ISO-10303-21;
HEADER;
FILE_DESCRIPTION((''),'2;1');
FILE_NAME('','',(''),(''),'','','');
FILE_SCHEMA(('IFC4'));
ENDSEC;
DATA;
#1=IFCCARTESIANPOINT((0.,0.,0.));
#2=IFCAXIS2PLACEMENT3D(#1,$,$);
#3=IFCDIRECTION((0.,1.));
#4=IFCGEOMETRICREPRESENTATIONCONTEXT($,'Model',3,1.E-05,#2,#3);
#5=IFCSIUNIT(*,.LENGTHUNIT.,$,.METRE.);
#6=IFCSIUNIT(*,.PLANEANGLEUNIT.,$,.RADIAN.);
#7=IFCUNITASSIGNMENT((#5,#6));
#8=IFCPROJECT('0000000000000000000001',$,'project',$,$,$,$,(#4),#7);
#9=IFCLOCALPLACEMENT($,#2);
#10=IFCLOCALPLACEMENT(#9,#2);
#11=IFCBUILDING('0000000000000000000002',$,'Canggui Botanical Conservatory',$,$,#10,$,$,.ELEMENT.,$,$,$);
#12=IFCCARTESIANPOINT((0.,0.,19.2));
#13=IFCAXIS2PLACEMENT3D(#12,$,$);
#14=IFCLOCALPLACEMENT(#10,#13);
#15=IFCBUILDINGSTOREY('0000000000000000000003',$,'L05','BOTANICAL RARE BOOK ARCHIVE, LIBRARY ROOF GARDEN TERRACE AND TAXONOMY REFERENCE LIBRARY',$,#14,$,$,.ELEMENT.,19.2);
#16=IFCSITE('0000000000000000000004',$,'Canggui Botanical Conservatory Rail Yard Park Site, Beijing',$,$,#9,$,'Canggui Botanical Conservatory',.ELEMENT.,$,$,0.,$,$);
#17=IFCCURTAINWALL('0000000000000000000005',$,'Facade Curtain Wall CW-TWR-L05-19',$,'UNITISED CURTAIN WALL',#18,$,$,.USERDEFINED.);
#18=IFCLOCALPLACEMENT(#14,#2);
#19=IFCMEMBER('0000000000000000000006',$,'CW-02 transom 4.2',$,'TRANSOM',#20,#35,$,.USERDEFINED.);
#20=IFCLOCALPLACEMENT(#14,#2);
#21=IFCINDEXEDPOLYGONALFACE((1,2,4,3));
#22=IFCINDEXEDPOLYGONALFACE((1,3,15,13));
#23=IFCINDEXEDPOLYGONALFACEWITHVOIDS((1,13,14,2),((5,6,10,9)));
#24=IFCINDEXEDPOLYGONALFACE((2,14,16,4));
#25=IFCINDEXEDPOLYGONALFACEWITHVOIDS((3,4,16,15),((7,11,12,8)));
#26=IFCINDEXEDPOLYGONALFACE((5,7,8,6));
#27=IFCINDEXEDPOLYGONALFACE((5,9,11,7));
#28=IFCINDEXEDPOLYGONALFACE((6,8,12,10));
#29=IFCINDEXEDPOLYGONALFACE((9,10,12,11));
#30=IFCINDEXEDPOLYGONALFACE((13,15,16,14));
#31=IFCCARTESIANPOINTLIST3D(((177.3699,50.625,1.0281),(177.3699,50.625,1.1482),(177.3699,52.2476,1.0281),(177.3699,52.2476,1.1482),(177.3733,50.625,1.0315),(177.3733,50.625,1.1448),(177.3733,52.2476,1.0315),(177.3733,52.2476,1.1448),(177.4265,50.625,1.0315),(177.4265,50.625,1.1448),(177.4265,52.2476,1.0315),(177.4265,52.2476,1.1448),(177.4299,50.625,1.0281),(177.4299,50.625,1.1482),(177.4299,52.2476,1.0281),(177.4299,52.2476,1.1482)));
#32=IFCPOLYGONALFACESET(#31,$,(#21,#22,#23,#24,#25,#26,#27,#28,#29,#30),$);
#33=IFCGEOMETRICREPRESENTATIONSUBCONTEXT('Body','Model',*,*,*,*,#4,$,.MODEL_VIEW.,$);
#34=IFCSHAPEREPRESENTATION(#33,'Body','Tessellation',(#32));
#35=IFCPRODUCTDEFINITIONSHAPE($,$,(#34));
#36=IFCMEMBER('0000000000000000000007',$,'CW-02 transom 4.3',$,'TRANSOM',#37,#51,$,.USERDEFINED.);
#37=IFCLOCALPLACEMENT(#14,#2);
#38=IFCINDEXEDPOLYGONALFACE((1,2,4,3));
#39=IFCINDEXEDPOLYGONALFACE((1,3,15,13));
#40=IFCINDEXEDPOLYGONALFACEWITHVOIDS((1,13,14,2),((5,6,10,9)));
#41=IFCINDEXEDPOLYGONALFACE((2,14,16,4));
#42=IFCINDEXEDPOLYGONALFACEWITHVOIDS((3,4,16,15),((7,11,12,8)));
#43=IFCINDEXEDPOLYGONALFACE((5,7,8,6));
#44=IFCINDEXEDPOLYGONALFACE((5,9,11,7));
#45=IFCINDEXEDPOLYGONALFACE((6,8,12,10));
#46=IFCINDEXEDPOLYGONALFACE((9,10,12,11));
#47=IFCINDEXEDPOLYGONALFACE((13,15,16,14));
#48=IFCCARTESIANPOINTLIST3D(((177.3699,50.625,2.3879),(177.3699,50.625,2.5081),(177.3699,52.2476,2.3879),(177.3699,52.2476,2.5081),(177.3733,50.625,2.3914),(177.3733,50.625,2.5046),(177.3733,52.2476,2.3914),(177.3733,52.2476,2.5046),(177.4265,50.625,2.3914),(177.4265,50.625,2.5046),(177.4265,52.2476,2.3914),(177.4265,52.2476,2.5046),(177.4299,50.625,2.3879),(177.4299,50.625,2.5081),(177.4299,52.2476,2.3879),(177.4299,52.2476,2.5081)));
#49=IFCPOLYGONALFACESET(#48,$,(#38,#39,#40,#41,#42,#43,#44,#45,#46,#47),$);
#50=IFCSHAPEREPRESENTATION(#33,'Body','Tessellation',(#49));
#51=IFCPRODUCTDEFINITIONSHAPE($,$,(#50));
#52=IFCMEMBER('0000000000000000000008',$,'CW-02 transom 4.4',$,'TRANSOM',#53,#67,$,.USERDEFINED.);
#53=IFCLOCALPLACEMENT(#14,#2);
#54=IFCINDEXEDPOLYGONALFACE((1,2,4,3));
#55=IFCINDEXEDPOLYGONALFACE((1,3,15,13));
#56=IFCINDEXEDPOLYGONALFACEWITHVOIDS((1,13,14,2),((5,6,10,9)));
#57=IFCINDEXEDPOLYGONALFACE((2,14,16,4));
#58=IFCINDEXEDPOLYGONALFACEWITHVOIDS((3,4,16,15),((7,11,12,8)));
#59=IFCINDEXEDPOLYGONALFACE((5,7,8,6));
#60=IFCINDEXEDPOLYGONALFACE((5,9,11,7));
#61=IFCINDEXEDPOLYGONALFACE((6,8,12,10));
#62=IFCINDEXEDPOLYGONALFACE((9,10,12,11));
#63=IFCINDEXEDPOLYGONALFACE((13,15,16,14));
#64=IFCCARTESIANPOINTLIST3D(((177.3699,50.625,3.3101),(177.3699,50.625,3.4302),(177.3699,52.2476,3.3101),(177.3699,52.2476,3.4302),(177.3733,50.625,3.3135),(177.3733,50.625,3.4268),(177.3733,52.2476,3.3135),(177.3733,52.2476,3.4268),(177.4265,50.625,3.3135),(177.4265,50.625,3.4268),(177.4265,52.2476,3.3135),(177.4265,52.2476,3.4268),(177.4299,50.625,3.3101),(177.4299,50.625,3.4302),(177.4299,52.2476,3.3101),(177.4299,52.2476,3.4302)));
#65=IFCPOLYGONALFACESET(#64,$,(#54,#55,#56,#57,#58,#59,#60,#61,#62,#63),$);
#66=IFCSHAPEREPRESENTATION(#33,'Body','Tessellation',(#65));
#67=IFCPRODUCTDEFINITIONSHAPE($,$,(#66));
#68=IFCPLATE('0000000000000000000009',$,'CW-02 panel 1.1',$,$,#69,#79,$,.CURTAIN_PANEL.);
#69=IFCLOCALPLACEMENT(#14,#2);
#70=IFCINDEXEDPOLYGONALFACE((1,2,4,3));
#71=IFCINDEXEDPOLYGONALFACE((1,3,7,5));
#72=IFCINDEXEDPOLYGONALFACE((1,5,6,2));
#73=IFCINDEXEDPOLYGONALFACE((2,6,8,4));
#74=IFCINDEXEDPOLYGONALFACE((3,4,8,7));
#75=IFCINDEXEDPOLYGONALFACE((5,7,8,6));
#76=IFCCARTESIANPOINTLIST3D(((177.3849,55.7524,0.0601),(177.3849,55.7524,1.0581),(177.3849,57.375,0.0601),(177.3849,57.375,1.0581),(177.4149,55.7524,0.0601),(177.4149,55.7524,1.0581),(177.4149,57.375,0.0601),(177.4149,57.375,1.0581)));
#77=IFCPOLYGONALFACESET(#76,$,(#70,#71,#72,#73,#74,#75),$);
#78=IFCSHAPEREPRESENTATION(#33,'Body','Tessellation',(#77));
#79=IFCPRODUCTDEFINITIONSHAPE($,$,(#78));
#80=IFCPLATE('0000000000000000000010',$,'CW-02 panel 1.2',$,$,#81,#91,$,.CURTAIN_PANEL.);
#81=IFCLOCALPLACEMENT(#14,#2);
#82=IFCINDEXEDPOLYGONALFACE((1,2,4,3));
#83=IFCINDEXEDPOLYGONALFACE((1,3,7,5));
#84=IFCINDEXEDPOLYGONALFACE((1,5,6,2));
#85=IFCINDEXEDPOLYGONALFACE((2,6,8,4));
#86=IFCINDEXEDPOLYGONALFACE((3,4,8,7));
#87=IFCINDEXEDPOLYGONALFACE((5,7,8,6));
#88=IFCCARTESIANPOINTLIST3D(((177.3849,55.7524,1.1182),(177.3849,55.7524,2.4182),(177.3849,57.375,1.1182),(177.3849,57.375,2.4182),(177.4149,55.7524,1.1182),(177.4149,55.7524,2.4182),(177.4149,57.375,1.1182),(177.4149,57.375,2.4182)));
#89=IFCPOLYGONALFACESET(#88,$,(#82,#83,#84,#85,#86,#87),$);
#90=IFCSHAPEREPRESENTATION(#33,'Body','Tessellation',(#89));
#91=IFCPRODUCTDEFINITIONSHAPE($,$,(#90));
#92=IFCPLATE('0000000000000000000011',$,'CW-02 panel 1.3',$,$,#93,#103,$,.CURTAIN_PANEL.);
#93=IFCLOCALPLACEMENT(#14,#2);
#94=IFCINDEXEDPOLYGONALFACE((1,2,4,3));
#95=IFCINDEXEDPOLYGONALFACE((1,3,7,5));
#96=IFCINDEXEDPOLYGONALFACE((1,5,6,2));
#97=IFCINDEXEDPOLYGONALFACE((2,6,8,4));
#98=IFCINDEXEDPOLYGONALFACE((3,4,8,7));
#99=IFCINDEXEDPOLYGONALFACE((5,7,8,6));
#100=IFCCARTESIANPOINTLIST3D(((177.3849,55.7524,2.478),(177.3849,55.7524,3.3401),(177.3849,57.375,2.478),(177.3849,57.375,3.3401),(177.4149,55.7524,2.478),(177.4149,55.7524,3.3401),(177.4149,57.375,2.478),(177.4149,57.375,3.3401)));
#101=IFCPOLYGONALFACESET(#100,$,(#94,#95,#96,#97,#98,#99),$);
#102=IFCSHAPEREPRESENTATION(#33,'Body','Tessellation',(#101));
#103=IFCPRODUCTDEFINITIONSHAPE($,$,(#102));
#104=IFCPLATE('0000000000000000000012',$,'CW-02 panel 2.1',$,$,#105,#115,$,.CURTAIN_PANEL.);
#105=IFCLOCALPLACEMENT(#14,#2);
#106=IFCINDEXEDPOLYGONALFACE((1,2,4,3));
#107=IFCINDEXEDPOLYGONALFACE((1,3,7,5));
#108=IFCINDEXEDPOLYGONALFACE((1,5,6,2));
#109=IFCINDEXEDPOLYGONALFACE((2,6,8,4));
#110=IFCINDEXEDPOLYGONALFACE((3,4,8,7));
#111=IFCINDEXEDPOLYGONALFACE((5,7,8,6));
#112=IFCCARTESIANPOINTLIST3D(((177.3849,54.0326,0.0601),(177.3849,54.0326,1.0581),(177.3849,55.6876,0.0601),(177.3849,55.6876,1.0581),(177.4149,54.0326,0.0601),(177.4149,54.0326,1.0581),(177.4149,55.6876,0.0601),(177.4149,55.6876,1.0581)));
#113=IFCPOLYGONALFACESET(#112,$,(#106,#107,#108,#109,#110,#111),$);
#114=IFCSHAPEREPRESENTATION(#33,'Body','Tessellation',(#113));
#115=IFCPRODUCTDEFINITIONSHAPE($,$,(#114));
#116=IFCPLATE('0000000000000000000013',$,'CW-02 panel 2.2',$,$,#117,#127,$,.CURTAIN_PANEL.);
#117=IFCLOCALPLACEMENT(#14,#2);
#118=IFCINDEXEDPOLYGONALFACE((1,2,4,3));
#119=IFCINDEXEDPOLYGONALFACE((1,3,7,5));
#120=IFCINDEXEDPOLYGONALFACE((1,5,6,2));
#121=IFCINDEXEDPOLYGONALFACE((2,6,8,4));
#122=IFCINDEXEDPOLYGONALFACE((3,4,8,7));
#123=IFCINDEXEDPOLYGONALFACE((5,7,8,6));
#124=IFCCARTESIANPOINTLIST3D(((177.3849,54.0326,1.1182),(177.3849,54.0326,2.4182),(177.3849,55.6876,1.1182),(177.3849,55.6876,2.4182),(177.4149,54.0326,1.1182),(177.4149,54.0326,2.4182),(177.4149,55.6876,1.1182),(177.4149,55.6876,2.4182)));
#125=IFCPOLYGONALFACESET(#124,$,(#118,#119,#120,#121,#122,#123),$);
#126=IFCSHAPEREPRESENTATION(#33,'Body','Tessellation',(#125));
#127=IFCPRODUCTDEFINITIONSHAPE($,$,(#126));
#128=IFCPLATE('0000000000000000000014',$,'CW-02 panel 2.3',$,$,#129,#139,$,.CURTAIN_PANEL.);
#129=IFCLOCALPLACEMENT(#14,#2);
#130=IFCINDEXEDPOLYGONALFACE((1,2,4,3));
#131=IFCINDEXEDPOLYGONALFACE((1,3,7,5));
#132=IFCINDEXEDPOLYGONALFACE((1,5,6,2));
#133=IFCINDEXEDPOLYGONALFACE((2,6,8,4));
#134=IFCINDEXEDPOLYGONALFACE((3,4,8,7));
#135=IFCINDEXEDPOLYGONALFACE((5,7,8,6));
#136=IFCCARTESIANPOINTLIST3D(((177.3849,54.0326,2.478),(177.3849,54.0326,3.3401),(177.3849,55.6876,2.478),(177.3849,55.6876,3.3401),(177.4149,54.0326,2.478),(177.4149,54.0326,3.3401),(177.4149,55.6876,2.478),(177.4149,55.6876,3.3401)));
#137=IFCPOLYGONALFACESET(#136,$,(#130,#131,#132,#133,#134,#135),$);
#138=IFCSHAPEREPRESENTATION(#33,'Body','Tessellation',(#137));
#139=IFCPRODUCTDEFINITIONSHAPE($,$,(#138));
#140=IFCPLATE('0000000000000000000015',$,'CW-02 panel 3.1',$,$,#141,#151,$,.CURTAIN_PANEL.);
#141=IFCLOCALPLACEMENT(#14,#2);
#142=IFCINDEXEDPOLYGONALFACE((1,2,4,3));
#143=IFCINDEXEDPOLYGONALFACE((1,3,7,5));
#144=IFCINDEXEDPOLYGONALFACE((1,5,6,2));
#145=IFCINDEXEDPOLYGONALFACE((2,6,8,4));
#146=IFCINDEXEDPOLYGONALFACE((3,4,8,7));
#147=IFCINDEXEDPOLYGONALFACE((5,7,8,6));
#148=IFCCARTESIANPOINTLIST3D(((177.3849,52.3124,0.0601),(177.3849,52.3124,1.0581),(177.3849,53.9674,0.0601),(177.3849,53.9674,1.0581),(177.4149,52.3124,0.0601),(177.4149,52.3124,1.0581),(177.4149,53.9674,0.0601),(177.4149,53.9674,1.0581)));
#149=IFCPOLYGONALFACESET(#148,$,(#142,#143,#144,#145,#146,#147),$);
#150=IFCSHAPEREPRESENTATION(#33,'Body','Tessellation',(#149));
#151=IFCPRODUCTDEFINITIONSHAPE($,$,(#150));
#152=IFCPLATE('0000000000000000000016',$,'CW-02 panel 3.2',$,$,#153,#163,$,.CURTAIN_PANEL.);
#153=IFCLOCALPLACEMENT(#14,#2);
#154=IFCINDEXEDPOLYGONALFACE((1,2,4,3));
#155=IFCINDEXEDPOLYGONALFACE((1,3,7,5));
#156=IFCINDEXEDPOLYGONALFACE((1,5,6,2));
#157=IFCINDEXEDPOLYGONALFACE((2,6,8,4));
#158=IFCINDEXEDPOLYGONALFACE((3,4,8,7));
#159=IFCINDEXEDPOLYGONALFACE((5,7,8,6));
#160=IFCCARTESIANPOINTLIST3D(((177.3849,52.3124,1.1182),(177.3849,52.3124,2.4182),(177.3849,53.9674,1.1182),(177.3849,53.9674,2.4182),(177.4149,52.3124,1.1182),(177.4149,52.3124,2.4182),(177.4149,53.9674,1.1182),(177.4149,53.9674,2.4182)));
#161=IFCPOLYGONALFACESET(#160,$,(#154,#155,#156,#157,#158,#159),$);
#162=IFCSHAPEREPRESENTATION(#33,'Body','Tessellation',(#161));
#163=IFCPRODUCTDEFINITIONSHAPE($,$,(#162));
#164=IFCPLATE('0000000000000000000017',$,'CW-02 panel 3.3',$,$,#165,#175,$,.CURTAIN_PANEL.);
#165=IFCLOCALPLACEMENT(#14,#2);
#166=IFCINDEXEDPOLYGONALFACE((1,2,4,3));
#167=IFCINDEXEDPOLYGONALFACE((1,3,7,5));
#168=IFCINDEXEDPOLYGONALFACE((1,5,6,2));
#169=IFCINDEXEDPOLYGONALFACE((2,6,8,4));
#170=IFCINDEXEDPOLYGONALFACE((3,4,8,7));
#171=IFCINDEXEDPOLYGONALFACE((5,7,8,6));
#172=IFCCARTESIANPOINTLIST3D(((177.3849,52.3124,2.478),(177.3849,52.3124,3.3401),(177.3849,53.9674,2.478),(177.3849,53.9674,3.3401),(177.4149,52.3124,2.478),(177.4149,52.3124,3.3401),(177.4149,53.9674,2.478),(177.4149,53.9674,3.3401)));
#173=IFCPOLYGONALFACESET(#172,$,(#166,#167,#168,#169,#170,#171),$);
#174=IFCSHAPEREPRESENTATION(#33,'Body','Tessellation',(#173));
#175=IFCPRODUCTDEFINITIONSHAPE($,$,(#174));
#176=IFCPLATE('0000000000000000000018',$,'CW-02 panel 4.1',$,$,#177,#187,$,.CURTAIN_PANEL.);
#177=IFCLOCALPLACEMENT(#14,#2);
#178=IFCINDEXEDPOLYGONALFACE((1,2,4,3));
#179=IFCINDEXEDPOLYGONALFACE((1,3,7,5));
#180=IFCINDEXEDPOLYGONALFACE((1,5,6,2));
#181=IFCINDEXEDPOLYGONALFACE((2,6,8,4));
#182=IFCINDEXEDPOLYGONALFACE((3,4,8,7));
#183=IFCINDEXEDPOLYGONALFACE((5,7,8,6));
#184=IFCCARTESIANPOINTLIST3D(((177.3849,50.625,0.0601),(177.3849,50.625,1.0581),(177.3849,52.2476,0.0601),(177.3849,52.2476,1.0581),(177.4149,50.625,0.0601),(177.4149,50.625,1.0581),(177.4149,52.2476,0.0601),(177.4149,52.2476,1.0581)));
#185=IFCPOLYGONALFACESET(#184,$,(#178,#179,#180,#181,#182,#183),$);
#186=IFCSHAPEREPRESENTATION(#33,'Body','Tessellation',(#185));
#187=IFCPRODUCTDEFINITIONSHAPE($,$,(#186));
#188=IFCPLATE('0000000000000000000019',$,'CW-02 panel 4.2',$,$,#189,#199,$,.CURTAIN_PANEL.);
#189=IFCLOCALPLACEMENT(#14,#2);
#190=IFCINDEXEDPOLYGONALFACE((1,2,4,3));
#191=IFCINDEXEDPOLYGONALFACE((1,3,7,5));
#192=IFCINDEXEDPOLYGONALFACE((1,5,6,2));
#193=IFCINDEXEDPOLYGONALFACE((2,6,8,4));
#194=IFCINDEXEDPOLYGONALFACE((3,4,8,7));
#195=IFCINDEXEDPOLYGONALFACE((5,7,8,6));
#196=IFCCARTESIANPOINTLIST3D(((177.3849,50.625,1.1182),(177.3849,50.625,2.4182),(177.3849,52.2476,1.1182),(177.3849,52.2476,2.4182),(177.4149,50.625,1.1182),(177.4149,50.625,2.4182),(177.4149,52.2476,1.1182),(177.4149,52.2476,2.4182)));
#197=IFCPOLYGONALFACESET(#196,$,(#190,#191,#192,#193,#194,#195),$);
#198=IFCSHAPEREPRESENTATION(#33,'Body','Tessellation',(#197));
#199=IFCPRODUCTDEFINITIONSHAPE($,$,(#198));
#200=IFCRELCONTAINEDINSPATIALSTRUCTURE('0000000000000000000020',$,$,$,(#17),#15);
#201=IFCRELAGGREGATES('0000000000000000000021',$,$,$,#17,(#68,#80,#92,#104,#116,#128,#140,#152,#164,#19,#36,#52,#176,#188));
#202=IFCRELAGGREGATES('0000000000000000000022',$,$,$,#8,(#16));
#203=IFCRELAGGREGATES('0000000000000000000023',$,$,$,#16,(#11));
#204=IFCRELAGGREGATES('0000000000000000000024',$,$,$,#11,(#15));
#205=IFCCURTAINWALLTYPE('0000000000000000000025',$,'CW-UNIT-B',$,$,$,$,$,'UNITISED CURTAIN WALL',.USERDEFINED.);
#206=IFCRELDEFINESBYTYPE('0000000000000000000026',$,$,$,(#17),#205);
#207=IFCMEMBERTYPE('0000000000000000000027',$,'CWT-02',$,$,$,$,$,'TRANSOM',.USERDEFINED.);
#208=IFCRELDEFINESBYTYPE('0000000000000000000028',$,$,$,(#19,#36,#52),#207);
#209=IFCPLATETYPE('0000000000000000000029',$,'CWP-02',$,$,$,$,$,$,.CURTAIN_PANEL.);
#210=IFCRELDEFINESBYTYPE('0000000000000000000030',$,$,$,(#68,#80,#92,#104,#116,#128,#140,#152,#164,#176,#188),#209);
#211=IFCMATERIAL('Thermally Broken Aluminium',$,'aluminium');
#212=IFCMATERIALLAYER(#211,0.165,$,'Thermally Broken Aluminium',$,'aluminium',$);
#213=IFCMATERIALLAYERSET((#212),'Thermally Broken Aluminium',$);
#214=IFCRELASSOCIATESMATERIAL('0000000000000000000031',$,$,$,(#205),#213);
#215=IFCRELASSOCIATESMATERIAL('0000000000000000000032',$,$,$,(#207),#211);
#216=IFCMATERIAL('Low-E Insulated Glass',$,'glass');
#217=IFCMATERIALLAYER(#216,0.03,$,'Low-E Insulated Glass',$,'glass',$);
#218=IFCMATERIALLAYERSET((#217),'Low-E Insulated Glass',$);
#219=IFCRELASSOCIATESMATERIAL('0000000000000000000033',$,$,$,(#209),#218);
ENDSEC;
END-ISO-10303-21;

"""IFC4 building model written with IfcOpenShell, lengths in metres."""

from ifc_helpers import new_model, si_unit, direction, frame, origin, origin_2d, place, context, subcontext, project, spatial, rectangle, hollow_rectangle, extrude, material, layer, layer_set, material_profile, profile_set, type_object, element, aggregate, save


model = new_model("IFC4")

# Units and contexts
model_context = context("Model", 3, precision=1e-05, world=origin(), true_north=direction((0.0, 1.0)))
body_context = subcontext(model_context, "Body", "Model", "MODEL_VIEW")
ifc_project = project(units=[si_unit("LENGTHUNIT", "METRE"), si_unit("PLANEANGLEUNIT", "RADIAN")], contexts=[model_context])

# Site, building, storey
site_placement = place(None, origin())
site = spatial("IfcSite", under=ifc_project, at=site_placement, Name="Canggui Botanical Conservatory Rail Yard Park Site, Beijing", LongName="Canggui Botanical Conservatory", CompositionType="ELEMENT", RefElevation=0.0)
building_placement = place(site_placement, origin())
building = spatial("IfcBuilding", under=site, at=building_placement, Name="Canggui Botanical Conservatory", CompositionType="ELEMENT")
storey_placement = place(building_placement, frame((0.0, 0.0, 19.2)))
storey = spatial("IfcBuildingStorey", under=building, at=storey_placement, Name="L05", Description="BOTANICAL RARE BOOK ARCHIVE, LIBRARY ROOF GARDEN TERRACE AND TAXONOMY REFERENCE LIBRARY", CompositionType="ELEMENT", Elevation=19.2)

# Curtain wall, members, plates
ifc_material_1 = material(Name="Thermally Broken Aluminium", Category="aluminium")
ifc_layer_1 = layer(ifc_material_1, 0.165, Name="Thermally Broken Aluminium", Category="aluminium")
ifc_layer_set_1 = layer_set([ifc_layer_1], Name="Thermally Broken Aluminium")
curtain_wall_type = type_object("IfcCurtainWallType", Name="CW-UNIT-B", ElementType="UNITISED CURTAIN WALL", PredefinedType="USERDEFINED", material=ifc_layer_set_1)
curtain_wall_placement = place(storey_placement, origin())
curtain_wall = element("IfcCurtainWall", 1, at=curtain_wall_placement, inside=storey, type_object=curtain_wall_type, Name="Facade Curtain Wall CW-TWR-L05-19", ObjectType="UNITISED CURTAIN WALL", PredefinedType="USERDEFINED")
ifc_material_profile_1 = material_profile(ifc_material_1, hollow_rectangle(XDim=0.0601, YDim=0.1201, WallThickness=0.0034, at=origin_2d()), Name="CWT 60x120x3.5")
ifc_profile_set_1 = profile_set([ifc_material_profile_1], Name="Thermally Broken Aluminium")
member_type_1 = type_object("IfcMemberType", Name="CWT-02", ElementType="TRANSOM", PredefinedType="USERDEFINED", material=ifc_profile_set_1)
member_1_placement = place(storey_placement, frame((177.3999, 52.2476, 1.0881), z_axis=(0.0, -1.0, 0.0), x_axis=(1.0, 0.0, 0.0)))
member_1 = element("IfcMember", 2, at=member_1_placement, type_object=member_type_1, Name="CW-02 transom 4.2", ObjectType="TRANSOM", PredefinedType="USERDEFINED", context=body_context, shape_type="SweptSolid", body=[
    extrude(hollow_rectangle(XDim=0.0601, YDim=0.1201, WallThickness=0.0034, at=origin_2d()), origin(), (0.0, 0.0, 1.0), 1.6226),
])
member_2_placement = place(storey_placement, frame((177.3999, 52.2476, 2.448), z_axis=(0.0, -1.0, 0.0), x_axis=(1.0, 0.0, 0.0)))
member_2 = element("IfcMember", 3, at=member_2_placement, type_object=member_type_1, Name="CW-02 transom 4.3", ObjectType="TRANSOM", PredefinedType="USERDEFINED", context=body_context, shape_type="SweptSolid", body=[
    extrude(hollow_rectangle(XDim=0.0601, YDim=0.1201, WallThickness=0.0034, at=origin_2d()), origin(), (0.0, 0.0, 1.0), 1.6226),
])
member_3_placement = place(storey_placement, frame((177.3999, 52.2476, 3.3701), z_axis=(0.0, -1.0, 0.0), x_axis=(1.0, 0.0, 0.0)))
member_3 = element("IfcMember", 4, at=member_3_placement, type_object=member_type_1, Name="CW-02 transom 4.4", ObjectType="TRANSOM", PredefinedType="USERDEFINED", context=body_context, shape_type="SweptSolid", body=[
    extrude(hollow_rectangle(XDim=0.0601, YDim=0.1201, WallThickness=0.0034, at=origin_2d()), origin(), (0.0, 0.0, 1.0), 1.6226),
])
ifc_material_2 = material(Name="Low-E Insulated Glass", Category="glass")
ifc_layer_2 = layer(ifc_material_2, 0.03, Name="Low-E Insulated Glass", Category="glass")
ifc_layer_set_2 = layer_set([ifc_layer_2], Name="Low-E Insulated Glass")
plate_type = type_object("IfcPlateType", Name="CWP-02", PredefinedType="CURTAIN_PANEL", material=ifc_layer_set_2)
plate_1_placement = place(storey_placement, frame((177.3999, 56.5637, 0.0601), z_axis=(0.0, 0.0, 1.0), x_axis=(0.0, -1.0, 0.0)))
plate_1 = element("IfcPlate", 5, at=plate_1_placement, type_object=plate_type, Name="CW-02 panel 1.1", PredefinedType="CURTAIN_PANEL", context=body_context, shape_type="SweptSolid", body=[
    extrude(rectangle(XDim=1.6226, YDim=0.03, at=origin_2d()), origin(), (0.0, 0.0, 1.0), 0.998),
])
plate_2_placement = place(storey_placement, frame((177.3999, 56.5637, 1.1182), z_axis=(0.0, 0.0, 1.0), x_axis=(0.0, -1.0, 0.0)))
plate_2 = element("IfcPlate", 6, at=plate_2_placement, type_object=plate_type, Name="CW-02 panel 1.2", PredefinedType="CURTAIN_PANEL", context=body_context, shape_type="SweptSolid", body=[
    extrude(rectangle(XDim=1.6226, YDim=0.03, at=origin_2d()), origin(), (0.0, 0.0, 1.0), 1.3),
])
plate_3_placement = place(storey_placement, frame((177.3999, 56.5637, 2.478), z_axis=(0.0, 0.0, 1.0), x_axis=(0.0, -1.0, 0.0)))
plate_3 = element("IfcPlate", 7, at=plate_3_placement, type_object=plate_type, Name="CW-02 panel 1.3", PredefinedType="CURTAIN_PANEL", context=body_context, shape_type="SweptSolid", body=[
    extrude(rectangle(XDim=1.6226, YDim=0.03, at=origin_2d()), origin(), (0.0, 0.0, 1.0), 0.8621),
])
plate_4_placement = place(storey_placement, frame((177.3999, 54.8601, 0.0601), z_axis=(0.0, 0.0, 1.0), x_axis=(0.0, -1.0, 0.0)))
plate_4 = element("IfcPlate", 8, at=plate_4_placement, type_object=plate_type, Name="CW-02 panel 2.1", PredefinedType="CURTAIN_PANEL", context=body_context, shape_type="SweptSolid", body=[
    extrude(rectangle(XDim=1.655, YDim=0.03, at=origin_2d()), origin(), (0.0, 0.0, 1.0), 0.998),
])
plate_5_placement = place(storey_placement, frame((177.3999, 54.8601, 1.1182), z_axis=(0.0, 0.0, 1.0), x_axis=(0.0, -1.0, 0.0)))
plate_5 = element("IfcPlate", 9, at=plate_5_placement, type_object=plate_type, Name="CW-02 panel 2.2", PredefinedType="CURTAIN_PANEL", context=body_context, shape_type="SweptSolid", body=[
    extrude(rectangle(XDim=1.655, YDim=0.03, at=origin_2d()), origin(), (0.0, 0.0, 1.0), 1.3),
])
plate_6_placement = place(storey_placement, frame((177.3999, 54.8601, 2.478), z_axis=(0.0, 0.0, 1.0), x_axis=(0.0, -1.0, 0.0)))
plate_6 = element("IfcPlate", 10, at=plate_6_placement, type_object=plate_type, Name="CW-02 panel 2.3", PredefinedType="CURTAIN_PANEL", context=body_context, shape_type="SweptSolid", body=[
    extrude(rectangle(XDim=1.655, YDim=0.03, at=origin_2d()), origin(), (0.0, 0.0, 1.0), 0.8621),
])
plate_7_placement = place(storey_placement, frame((177.3999, 53.1399, 0.0601), z_axis=(0.0, 0.0, 1.0), x_axis=(0.0, -1.0, 0.0)))
plate_7 = element("IfcPlate", 11, at=plate_7_placement, type_object=plate_type, Name="CW-02 panel 3.1", PredefinedType="CURTAIN_PANEL", context=body_context, shape_type="SweptSolid", body=[
    extrude(rectangle(XDim=1.655, YDim=0.03, at=origin_2d()), origin(), (0.0, 0.0, 1.0), 0.998),
])
plate_8_placement = place(storey_placement, frame((177.3999, 53.1399, 1.1182), z_axis=(0.0, 0.0, 1.0), x_axis=(0.0, -1.0, 0.0)))
plate_8 = element("IfcPlate", 12, at=plate_8_placement, type_object=plate_type, Name="CW-02 panel 3.2", PredefinedType="CURTAIN_PANEL", context=body_context, shape_type="SweptSolid", body=[
    extrude(rectangle(XDim=1.655, YDim=0.03, at=origin_2d()), origin(), (0.0, 0.0, 1.0), 1.3),
])
plate_9_placement = place(storey_placement, frame((177.3999, 53.1399, 2.478), z_axis=(0.0, 0.0, 1.0), x_axis=(0.0, -1.0, 0.0)))
plate_9 = element("IfcPlate", 13, at=plate_9_placement, type_object=plate_type, Name="CW-02 panel 3.3", PredefinedType="CURTAIN_PANEL", context=body_context, shape_type="SweptSolid", body=[
    extrude(rectangle(XDim=1.655, YDim=0.03, at=origin_2d()), origin(), (0.0, 0.0, 1.0), 0.8621),
])
plate_10_placement = place(storey_placement, frame((177.3999, 51.4363, 0.0601), z_axis=(0.0, 0.0, 1.0), x_axis=(0.0, -1.0, 0.0)))
plate_10 = element("IfcPlate", 14, at=plate_10_placement, type_object=plate_type, Name="CW-02 panel 4.1", PredefinedType="CURTAIN_PANEL", context=body_context, shape_type="SweptSolid", body=[
    extrude(rectangle(XDim=1.6226, YDim=0.03, at=origin_2d()), origin(), (0.0, 0.0, 1.0), 0.998),
])
plate_11_placement = place(storey_placement, frame((177.3999, 51.4363, 1.1182), z_axis=(0.0, 0.0, 1.0), x_axis=(0.0, -1.0, 0.0)))
plate_11 = element("IfcPlate", 15, at=plate_11_placement, type_object=plate_type, Name="CW-02 panel 4.2", PredefinedType="CURTAIN_PANEL", context=body_context, shape_type="SweptSolid", body=[
    extrude(rectangle(XDim=1.6226, YDim=0.03, at=origin_2d()), origin(), (0.0, 0.0, 1.0), 1.3),
])
aggregate(curtain_wall, [plate_1, plate_2, plate_3, plate_4, plate_5, plate_6, plate_7, plate_8, plate_9, member_1, member_2, member_3, plate_10, plate_11])

save(model, "model.ifc")
